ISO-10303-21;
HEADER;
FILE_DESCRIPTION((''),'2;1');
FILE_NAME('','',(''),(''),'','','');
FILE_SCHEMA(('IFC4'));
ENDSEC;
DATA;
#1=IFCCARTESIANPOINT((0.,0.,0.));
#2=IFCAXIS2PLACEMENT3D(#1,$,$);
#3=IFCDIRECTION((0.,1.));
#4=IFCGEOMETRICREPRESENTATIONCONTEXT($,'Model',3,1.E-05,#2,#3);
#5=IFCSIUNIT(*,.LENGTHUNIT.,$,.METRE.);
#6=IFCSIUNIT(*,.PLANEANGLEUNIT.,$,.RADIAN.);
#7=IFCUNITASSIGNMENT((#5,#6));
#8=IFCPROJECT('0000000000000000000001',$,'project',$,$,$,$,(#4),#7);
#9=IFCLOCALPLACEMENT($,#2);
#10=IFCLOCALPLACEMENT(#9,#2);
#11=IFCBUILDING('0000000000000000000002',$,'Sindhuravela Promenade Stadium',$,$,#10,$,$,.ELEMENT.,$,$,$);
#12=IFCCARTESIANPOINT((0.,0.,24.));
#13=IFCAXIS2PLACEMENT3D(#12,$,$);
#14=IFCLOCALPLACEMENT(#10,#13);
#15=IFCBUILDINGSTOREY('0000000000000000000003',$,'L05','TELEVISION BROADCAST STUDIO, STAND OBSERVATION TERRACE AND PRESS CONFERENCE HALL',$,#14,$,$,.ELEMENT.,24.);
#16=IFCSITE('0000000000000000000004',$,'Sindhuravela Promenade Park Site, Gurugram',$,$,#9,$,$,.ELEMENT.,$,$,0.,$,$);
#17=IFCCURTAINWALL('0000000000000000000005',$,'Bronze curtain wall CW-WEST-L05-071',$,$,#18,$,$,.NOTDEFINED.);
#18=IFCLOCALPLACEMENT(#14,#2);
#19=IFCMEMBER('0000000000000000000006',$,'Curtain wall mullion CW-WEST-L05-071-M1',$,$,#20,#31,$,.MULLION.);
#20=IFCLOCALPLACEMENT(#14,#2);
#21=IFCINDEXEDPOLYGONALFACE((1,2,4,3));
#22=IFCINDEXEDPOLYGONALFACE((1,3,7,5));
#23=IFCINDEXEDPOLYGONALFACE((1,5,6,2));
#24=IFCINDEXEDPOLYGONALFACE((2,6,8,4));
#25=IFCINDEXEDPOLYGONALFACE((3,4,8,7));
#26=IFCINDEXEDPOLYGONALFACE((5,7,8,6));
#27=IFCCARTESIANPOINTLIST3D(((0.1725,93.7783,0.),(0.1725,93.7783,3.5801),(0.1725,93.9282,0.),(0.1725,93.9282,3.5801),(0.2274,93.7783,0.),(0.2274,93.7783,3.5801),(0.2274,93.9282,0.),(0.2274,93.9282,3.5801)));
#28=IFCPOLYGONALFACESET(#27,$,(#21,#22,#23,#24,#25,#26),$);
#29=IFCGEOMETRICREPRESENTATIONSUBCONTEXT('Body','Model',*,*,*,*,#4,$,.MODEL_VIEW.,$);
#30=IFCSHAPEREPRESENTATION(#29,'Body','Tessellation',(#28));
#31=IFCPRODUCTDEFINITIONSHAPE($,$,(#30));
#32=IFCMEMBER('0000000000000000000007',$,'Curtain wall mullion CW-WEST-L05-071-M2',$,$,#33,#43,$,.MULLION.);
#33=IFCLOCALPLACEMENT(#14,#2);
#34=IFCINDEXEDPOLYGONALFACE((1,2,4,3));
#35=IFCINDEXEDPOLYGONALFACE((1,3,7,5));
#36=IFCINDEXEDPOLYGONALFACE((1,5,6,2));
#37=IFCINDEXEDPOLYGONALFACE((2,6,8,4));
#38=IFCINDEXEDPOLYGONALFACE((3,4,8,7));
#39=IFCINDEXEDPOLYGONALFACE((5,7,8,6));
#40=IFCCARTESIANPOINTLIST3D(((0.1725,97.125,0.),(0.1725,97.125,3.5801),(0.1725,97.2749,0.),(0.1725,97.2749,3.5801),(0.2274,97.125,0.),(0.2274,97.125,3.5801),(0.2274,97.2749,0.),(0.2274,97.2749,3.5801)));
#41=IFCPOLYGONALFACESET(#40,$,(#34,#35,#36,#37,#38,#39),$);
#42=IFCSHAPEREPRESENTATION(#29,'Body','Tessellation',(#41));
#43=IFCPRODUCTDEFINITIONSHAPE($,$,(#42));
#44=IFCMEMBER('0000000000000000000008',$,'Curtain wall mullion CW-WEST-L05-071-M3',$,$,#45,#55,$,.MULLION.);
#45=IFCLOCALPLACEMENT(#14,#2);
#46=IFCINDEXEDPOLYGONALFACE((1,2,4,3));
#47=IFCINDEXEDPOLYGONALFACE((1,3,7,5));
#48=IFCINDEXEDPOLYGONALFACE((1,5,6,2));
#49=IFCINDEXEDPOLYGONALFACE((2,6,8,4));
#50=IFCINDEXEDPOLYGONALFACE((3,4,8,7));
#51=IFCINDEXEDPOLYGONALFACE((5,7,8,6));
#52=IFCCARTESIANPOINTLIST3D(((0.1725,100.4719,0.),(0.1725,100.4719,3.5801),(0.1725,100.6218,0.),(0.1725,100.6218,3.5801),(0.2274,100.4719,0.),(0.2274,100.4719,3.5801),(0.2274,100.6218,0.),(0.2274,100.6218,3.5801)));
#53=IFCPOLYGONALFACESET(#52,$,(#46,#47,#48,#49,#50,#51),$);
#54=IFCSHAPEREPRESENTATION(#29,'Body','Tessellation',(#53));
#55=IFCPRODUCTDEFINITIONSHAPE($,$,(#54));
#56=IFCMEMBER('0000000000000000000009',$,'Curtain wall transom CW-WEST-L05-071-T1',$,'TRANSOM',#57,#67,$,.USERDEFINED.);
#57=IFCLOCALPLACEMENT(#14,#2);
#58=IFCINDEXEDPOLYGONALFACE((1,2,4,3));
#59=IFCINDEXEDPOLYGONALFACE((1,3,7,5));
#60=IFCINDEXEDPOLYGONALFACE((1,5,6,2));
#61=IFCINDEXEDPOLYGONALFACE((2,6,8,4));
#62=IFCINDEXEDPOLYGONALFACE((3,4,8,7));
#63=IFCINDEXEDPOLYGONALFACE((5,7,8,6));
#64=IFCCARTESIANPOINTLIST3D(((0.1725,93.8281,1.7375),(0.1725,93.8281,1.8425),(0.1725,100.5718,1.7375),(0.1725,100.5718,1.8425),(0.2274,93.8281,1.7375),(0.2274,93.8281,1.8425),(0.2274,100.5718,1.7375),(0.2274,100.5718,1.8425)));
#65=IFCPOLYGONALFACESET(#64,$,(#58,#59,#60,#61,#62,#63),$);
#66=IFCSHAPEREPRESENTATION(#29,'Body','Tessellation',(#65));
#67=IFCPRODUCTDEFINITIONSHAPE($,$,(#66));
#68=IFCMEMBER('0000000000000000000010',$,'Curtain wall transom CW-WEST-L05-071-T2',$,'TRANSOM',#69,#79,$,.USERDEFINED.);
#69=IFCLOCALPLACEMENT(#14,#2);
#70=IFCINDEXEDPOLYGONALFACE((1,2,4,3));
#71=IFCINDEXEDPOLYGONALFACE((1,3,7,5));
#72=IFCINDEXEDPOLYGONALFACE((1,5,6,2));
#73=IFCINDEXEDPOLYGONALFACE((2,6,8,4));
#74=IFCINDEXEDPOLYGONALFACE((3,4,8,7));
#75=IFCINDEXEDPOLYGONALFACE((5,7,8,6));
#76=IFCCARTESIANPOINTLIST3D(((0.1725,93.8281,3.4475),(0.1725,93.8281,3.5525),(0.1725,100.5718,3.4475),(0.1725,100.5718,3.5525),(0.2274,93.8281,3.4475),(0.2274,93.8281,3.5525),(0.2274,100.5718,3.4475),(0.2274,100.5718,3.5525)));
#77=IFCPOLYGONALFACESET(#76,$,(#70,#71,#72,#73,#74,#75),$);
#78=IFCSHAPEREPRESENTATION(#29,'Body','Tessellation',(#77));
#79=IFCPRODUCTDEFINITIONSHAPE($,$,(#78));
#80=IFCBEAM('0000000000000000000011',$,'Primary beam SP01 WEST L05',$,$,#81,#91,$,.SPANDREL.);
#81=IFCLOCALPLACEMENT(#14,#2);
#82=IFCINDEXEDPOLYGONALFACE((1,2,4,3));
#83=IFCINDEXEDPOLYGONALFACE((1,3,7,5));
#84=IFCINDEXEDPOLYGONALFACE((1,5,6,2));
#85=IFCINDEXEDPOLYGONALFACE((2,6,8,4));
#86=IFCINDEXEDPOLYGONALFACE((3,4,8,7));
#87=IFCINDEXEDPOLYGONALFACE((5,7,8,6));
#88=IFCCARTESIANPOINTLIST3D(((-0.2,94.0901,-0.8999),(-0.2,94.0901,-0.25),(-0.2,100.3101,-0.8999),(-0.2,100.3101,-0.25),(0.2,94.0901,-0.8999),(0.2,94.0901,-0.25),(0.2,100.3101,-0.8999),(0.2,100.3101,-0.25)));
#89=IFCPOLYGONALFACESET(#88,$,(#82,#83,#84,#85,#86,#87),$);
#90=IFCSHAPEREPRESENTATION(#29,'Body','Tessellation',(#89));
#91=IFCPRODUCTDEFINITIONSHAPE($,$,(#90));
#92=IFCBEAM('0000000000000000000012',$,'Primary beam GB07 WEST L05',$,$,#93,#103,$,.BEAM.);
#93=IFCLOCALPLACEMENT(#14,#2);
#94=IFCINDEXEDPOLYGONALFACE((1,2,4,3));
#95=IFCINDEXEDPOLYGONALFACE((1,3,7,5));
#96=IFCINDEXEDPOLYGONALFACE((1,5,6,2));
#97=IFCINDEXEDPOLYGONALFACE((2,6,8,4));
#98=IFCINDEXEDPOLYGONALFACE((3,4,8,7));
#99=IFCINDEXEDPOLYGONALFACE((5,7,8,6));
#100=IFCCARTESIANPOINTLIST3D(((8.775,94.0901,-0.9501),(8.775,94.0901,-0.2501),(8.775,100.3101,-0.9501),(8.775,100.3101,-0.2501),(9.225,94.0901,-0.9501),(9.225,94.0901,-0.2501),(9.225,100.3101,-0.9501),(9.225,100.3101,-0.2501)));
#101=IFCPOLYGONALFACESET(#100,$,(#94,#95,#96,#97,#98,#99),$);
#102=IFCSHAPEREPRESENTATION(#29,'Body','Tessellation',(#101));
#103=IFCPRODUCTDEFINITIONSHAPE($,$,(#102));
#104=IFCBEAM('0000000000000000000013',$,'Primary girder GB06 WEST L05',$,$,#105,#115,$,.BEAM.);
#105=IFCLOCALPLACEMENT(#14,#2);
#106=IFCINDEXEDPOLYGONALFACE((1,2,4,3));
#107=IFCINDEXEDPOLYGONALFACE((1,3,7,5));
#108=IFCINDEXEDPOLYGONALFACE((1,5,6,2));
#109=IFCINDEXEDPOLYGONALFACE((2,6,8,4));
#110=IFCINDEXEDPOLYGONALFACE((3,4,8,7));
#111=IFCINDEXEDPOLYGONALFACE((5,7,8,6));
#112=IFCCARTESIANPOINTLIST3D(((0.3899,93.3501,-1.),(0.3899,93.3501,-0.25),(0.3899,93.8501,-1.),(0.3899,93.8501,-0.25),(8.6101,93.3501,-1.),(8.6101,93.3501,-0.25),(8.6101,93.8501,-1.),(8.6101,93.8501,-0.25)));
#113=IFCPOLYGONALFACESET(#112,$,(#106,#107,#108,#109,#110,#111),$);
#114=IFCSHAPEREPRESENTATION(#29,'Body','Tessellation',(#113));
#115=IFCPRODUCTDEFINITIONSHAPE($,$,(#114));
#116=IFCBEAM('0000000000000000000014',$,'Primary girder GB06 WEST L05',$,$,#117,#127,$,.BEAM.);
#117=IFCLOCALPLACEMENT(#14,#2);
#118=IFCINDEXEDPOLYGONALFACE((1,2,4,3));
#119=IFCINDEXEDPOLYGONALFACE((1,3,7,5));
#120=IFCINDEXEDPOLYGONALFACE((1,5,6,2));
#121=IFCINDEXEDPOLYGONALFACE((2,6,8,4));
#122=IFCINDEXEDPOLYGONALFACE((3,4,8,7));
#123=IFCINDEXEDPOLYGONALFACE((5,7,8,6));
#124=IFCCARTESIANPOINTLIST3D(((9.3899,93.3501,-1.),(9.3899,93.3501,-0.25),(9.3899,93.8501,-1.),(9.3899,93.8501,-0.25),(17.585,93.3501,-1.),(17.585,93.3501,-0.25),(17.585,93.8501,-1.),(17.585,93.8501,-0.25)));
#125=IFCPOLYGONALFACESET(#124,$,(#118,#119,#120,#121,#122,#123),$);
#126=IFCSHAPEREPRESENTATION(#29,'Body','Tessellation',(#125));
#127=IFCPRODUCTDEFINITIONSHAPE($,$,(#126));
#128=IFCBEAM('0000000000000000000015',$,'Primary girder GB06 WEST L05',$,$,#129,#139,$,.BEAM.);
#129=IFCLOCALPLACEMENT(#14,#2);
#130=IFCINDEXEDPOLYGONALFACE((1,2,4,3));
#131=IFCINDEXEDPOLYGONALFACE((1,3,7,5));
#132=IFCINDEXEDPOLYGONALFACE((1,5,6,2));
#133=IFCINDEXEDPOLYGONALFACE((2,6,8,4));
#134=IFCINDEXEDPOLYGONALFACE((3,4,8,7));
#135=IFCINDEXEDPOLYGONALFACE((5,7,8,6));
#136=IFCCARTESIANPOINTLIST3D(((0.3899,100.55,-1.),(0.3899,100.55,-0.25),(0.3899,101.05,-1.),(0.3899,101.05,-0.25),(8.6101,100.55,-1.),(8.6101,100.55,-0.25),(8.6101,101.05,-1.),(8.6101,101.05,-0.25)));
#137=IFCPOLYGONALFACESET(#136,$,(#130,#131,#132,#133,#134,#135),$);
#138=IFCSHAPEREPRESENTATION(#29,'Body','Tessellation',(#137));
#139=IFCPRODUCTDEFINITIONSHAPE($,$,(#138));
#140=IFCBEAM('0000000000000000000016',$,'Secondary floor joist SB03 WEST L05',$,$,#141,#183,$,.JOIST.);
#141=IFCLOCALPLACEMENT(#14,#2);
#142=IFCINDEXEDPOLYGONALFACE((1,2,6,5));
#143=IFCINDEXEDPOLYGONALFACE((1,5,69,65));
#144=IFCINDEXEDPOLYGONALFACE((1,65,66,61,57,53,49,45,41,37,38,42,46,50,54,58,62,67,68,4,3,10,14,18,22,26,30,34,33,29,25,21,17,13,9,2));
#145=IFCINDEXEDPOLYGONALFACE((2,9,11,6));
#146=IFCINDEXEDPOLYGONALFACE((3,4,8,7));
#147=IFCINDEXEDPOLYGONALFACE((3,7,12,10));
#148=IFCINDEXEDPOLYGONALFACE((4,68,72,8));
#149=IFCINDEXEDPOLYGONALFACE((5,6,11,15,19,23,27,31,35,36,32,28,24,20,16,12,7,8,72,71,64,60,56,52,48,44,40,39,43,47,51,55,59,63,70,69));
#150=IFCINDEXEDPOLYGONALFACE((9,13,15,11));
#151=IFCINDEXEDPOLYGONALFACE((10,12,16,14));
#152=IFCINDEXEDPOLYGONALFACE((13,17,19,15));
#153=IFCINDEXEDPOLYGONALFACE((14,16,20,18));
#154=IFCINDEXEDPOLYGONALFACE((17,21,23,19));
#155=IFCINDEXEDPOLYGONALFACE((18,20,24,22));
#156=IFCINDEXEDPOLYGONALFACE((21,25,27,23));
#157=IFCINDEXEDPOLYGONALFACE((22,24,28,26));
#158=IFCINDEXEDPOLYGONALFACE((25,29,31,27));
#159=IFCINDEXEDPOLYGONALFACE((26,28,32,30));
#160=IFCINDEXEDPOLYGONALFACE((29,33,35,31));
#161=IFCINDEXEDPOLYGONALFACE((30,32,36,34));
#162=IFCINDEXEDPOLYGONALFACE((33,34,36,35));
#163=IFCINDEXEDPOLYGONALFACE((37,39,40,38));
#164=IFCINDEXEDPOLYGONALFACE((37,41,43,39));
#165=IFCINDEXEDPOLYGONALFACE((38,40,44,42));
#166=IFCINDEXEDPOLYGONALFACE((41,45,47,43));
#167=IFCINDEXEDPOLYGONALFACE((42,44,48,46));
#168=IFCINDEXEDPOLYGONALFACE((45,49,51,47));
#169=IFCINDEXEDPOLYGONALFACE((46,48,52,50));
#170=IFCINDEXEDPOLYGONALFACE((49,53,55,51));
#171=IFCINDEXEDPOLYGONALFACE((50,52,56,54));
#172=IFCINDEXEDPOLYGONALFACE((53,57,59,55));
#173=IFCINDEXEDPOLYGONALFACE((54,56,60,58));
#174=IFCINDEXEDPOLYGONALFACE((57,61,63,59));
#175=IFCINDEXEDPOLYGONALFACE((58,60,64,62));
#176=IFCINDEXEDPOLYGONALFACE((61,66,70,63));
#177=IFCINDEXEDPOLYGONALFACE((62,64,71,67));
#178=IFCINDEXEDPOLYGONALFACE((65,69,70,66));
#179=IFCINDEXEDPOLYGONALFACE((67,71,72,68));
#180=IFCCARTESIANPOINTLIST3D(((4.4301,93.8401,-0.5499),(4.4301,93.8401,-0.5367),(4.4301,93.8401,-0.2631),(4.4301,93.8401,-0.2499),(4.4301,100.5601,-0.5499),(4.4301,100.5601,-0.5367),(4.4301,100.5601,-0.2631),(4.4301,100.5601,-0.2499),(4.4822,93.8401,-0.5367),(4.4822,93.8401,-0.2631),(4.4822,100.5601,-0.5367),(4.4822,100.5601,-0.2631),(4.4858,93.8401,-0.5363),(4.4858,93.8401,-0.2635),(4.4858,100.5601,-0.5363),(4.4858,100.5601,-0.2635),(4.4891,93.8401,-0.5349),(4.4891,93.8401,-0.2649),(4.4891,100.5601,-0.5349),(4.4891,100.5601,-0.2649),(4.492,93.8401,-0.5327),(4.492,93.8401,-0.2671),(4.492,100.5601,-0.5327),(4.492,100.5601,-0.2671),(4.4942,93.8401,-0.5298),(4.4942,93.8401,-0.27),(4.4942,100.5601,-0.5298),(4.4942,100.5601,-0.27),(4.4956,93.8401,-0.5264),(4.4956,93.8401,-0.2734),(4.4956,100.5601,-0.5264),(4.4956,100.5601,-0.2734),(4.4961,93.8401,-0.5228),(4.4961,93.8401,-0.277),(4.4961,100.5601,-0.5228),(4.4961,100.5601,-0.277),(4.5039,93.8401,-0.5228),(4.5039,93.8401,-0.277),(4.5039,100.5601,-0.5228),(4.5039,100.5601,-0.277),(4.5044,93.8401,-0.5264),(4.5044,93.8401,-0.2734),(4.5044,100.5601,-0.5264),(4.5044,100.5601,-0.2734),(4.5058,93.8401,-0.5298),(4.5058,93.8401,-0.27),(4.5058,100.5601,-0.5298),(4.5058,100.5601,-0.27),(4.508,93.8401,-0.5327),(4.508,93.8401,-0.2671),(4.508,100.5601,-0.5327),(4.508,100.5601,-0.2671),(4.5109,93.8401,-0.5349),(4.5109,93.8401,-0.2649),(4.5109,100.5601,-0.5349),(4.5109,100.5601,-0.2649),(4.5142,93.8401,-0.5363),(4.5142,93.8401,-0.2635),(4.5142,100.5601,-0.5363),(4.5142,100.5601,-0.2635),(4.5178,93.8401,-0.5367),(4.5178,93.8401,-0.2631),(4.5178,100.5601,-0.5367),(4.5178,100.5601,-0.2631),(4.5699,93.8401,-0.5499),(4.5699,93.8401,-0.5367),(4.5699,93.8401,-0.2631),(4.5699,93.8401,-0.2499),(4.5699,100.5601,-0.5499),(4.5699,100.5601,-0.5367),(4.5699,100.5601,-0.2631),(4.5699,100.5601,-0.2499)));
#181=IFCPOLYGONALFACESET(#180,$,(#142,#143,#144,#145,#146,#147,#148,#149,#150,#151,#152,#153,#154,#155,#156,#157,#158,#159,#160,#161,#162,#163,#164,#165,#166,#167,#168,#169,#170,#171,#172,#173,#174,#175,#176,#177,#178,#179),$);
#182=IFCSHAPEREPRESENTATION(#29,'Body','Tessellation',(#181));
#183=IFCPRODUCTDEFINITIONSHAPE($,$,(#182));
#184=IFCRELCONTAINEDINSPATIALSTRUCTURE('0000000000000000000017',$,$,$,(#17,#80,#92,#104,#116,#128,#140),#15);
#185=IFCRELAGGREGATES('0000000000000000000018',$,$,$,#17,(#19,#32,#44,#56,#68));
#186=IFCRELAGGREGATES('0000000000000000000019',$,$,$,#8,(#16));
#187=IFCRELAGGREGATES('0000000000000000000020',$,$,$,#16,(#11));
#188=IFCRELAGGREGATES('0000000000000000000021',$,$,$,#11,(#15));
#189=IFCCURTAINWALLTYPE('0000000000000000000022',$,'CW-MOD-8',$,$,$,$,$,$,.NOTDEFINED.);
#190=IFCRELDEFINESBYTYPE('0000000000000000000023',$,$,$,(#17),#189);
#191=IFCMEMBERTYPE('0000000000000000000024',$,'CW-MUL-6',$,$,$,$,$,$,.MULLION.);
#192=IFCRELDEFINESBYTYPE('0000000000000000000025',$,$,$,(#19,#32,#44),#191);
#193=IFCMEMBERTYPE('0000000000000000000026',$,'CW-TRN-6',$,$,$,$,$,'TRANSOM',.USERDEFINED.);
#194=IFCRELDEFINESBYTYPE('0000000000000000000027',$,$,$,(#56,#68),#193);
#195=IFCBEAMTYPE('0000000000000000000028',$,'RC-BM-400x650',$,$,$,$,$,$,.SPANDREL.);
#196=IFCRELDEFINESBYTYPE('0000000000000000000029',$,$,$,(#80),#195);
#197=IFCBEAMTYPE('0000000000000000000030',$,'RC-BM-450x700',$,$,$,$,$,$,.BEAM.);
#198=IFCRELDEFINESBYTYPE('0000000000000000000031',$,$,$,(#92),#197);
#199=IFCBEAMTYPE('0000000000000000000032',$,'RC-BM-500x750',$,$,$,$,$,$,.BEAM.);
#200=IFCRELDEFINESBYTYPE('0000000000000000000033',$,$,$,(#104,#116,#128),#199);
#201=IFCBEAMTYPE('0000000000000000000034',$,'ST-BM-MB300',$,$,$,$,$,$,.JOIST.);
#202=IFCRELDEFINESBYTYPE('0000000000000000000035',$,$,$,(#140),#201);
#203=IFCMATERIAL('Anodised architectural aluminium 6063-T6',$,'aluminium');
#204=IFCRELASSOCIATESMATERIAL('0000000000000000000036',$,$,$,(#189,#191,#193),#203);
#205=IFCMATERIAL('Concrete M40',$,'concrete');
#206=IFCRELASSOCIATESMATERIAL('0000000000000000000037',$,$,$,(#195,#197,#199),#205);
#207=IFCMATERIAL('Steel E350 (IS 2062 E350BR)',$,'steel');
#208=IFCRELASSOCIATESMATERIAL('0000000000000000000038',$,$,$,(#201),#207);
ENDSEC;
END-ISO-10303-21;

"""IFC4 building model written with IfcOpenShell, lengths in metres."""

from ifc_helpers import new_model, si_unit, direction, frame, origin, origin_2d, place, context, subcontext, project, spatial, rectangle, i_section, extrude, material, material_profile, profile_set, type_object, element, aggregate, save


model = new_model("IFC4")

# Units and contexts
model_context = context("Model", 3, precision=1e-05, world=origin(), true_north=direction((0.0, 1.0)))
body_context = subcontext(model_context, "Body", "Model", "MODEL_VIEW")
ifc_project = project(units=[si_unit("LENGTHUNIT", "METRE"), si_unit("PLANEANGLEUNIT", "RADIAN")], contexts=[model_context])

# Site, building, storey
site_placement = place(None, origin())
site = spatial("IfcSite", under=ifc_project, at=site_placement, Name="Sindhuravela Promenade Park Site, Gurugram", CompositionType="ELEMENT", RefElevation=0.0)
building_placement = place(site_placement, origin())
building = spatial("IfcBuilding", under=site, at=building_placement, Name="Sindhuravela Promenade Stadium", CompositionType="ELEMENT")
storey_placement = place(building_placement, frame((0.0, 0.0, 24.0)))
storey = spatial("IfcBuildingStorey", under=building, at=storey_placement, Name="L05", Description="TELEVISION BROADCAST STUDIO, STAND OBSERVATION TERRACE AND PRESS CONFERENCE HALL", CompositionType="ELEMENT", Elevation=24.0)

# Shared definitions
ifc_material_1 = material(Name="Steel E350 (IS 2062 E350BR)", Category="steel")

# Curtain wall, members
ifc_material_2 = material(Name="Anodised architectural aluminium 6063-T6", Category="aluminium")
curtain_wall_type_1 = type_object("IfcCurtainWallType", Name="CW-MOD-8", PredefinedType="NOTDEFINED", material=ifc_material_2)
curtain_wall_1_placement = place(storey_placement, origin())
curtain_wall_1 = element("IfcCurtainWall", 1, at=curtain_wall_1_placement, inside=storey, type_object=curtain_wall_type_1, Name="Bronze curtain wall CW-WEST-L05-071", PredefinedType="NOTDEFINED")
ifc_material_profile_1 = material_profile(ifc_material_2, rectangle(XDim=0.0549, YDim=0.1499, at=origin_2d()), Name="ALU M55x150")
ifc_profile_set_1 = profile_set([ifc_material_profile_1], Name="Anodised architectural aluminium 6063-T6")
member_type_1 = type_object("IfcMemberType", Name="CW-MUL-6", PredefinedType="MULLION", material=ifc_profile_set_1)
member_1_placement = place(storey_placement, frame((0.2, 93.8533, 0.0), z_axis=(0.0, 0.0, 1.0), x_axis=(1.0, 0.0, 0.0)))
member_1 = element("IfcMember", 2, at=member_1_placement, type_object=member_type_1, Name="Curtain wall mullion CW-WEST-L05-071-M1", PredefinedType="MULLION", context=body_context, shape_type="SweptSolid", body=[
    extrude(rectangle(XDim=0.0549, YDim=0.1499, at=origin_2d()), origin(), (0.0, 0.0, 1.0), 3.5801),
])
member_2_placement = place(storey_placement, frame((0.2, 97.2, 0.0), z_axis=(0.0, 0.0, 1.0), x_axis=(1.0, 0.0, 0.0)))
member_2 = element("IfcMember", 3, at=member_2_placement, type_object=member_type_1, Name="Curtain wall mullion CW-WEST-L05-071-M2", PredefinedType="MULLION", context=body_context, shape_type="SweptSolid", body=[
    extrude(rectangle(XDim=0.0549, YDim=0.1499, at=origin_2d()), origin(), (0.0, 0.0, 1.0), 3.5801),
])
member_3_placement = place(storey_placement, frame((0.2, 100.5469, 0.0), z_axis=(0.0, 0.0, 1.0), x_axis=(1.0, 0.0, 0.0)))
member_3 = element("IfcMember", 4, at=member_3_placement, type_object=member_type_1, Name="Curtain wall mullion CW-WEST-L05-071-M3", PredefinedType="MULLION", context=body_context, shape_type="SweptSolid", body=[
    extrude(rectangle(XDim=0.0549, YDim=0.1499, at=origin_2d()), origin(), (0.0, 0.0, 1.0), 3.5801),
])
ifc_material_profile_2 = material_profile(ifc_material_2, rectangle(XDim=0.0549, YDim=0.105, at=origin_2d()), Name="ALU T55x105")
ifc_profile_set_2 = profile_set([ifc_material_profile_2], Name="Anodised architectural aluminium 6063-T6")
member_type_2 = type_object("IfcMemberType", Name="CW-TRN-6", ElementType="TRANSOM", PredefinedType="USERDEFINED", material=ifc_profile_set_2)
member_4_placement = place(storey_placement, frame((0.2, 93.8281, 1.79), z_axis=(0.0, 1.0, 0.0), x_axis=(-1.0, 0.0, 0.0)))
member_4 = element("IfcMember", 5, at=member_4_placement, type_object=member_type_2, Name="Curtain wall transom CW-WEST-L05-071-T1", ObjectType="TRANSOM", PredefinedType="USERDEFINED", context=body_context, shape_type="SweptSolid", body=[
    extrude(rectangle(XDim=0.0549, YDim=0.105, at=origin_2d()), origin(), (0.0, 0.0, 1.0), 6.7437),
])
member_5_placement = place(storey_placement, frame((0.2, 93.8281, 3.5), z_axis=(0.0, 1.0, 0.0), x_axis=(-1.0, 0.0, 0.0)))
member_5 = element("IfcMember", 6, at=member_5_placement, type_object=member_type_2, Name="Curtain wall transom CW-WEST-L05-071-T2", ObjectType="TRANSOM", PredefinedType="USERDEFINED", context=body_context, shape_type="SweptSolid", body=[
    extrude(rectangle(XDim=0.0549, YDim=0.105, at=origin_2d()), origin(), (0.0, 0.0, 1.0), 6.7437),
])

# Beams
ifc_material_3 = material(Name="Concrete M40", Category="concrete")
ifc_material_profile_3 = material_profile(ifc_material_3, rectangle(XDim=0.3999, YDim=0.6499, at=origin_2d()), Name="RC 400x650")
ifc_profile_set_3 = profile_set([ifc_material_profile_3], Name="Concrete M40")
beam_type_1 = type_object("IfcBeamType", Name="RC-BM-400x650", PredefinedType="SPANDREL", material=ifc_profile_set_3)
beam_1_placement = place(storey_placement, frame((0.0, 94.0901, -0.575), z_axis=(0.0, 1.0, 0.0), x_axis=(-1.0, 0.0, 0.0)))
element("IfcBeam", 7, at=beam_1_placement, inside=storey, type_object=beam_type_1, Name="Primary beam SP01 WEST L05", PredefinedType="SPANDREL", context=body_context, shape_type="SweptSolid", body=[
    extrude(rectangle(XDim=0.3999, YDim=0.6499, at=origin_2d()), origin(), (0.0, 0.0, 1.0), 6.22),
])
ifc_material_profile_4 = material_profile(ifc_material_3, rectangle(XDim=0.45, YDim=0.7, at=origin_2d()), Name="RC 450x700")
ifc_profile_set_4 = profile_set([ifc_material_profile_4], Name="Concrete M40")
beam_type_2 = type_object("IfcBeamType", Name="RC-BM-450x700", PredefinedType="BEAM", material=ifc_profile_set_4)
beam_2_placement = place(storey_placement, frame((9.0, 94.0901, -0.6001), z_axis=(0.0, 1.0, 0.0), x_axis=(-1.0, 0.0, 0.0)))
element("IfcBeam", 8, at=beam_2_placement, inside=storey, type_object=beam_type_2, Name="Primary beam GB07 WEST L05", PredefinedType="BEAM", context=body_context, shape_type="SweptSolid", body=[
    extrude(rectangle(XDim=0.45, YDim=0.7, at=origin_2d()), origin(), (0.0, 0.0, 1.0), 6.22),
])
ifc_material_profile_5 = material_profile(ifc_material_3, rectangle(XDim=0.5, YDim=0.75, at=origin_2d()), Name="RC 500x750")
ifc_profile_set_5 = profile_set([ifc_material_profile_5], Name="Concrete M40")
beam_type_3 = type_object("IfcBeamType", Name="RC-BM-500x750", PredefinedType="BEAM", material=ifc_profile_set_5)
beam_3_placement = place(storey_placement, frame((0.3899, 93.6001, -0.625), z_axis=(1.0, 0.0, 0.0), x_axis=(0.0, 1.0, 0.0)))
element("IfcBeam", 9, at=beam_3_placement, inside=storey, type_object=beam_type_3, Name="Primary girder GB06 WEST L05", PredefinedType="BEAM", context=body_context, shape_type="SweptSolid", body=[
    extrude(rectangle(XDim=0.5, YDim=0.75, at=origin_2d()), origin(), (0.0, 0.0, 1.0), 8.2202),
])
beam_4_placement = place(storey_placement, frame((9.3899, 93.6001, -0.625), z_axis=(1.0, 0.0, 0.0), x_axis=(0.0, 1.0, 0.0)))
element("IfcBeam", 10, at=beam_4_placement, inside=storey, type_object=beam_type_3, Name="Primary girder GB06 WEST L05", PredefinedType="BEAM", context=body_context, shape_type="SweptSolid", body=[
    extrude(rectangle(XDim=0.5, YDim=0.75, at=origin_2d()), origin(), (0.0, 0.0, 1.0), 8.1951),
])
beam_5_placement = place(storey_placement, frame((0.3899, 100.8, -0.625), z_axis=(1.0, 0.0, 0.0), x_axis=(0.0, 1.0, 0.0)))
element("IfcBeam", 11, at=beam_5_placement, inside=storey, type_object=beam_type_3, Name="Primary girder GB06 WEST L05", PredefinedType="BEAM", context=body_context, shape_type="SweptSolid", body=[
    extrude(rectangle(XDim=0.5, YDim=0.75, at=origin_2d()), origin(), (0.0, 0.0, 1.0), 8.2202),
])
ifc_material_profile_6 = material_profile(ifc_material_1, i_section(OverallWidth=0.1399, OverallDepth=0.3, WebThickness=0.0078, FlangeThickness=0.0132, FilletRadius=0.0139, at=origin_2d()), Name="ISMB 300")
ifc_profile_set_6 = profile_set([ifc_material_profile_6], Name="Steel E350 (IS 2062 E350BR)")
beam_type_4 = type_object("IfcBeamType", Name="ST-BM-MB300", PredefinedType="JOIST", material=ifc_profile_set_6)
beam_6_placement = place(storey_placement, frame((4.5, 93.8401, -0.3999), z_axis=(0.0, 1.0, 0.0), x_axis=(-1.0, 0.0, 0.0)))
element("IfcBeam", 12, at=beam_6_placement, inside=storey, type_object=beam_type_4, Name="Secondary floor joist SB03 WEST L05", PredefinedType="JOIST", context=body_context, shape_type="SweptSolid", body=[
    extrude(i_section(OverallWidth=0.1399, OverallDepth=0.3, WebThickness=0.0078, FlangeThickness=0.0132, FilletRadius=0.0139, at=origin_2d()), origin(), (0.0, 0.0, 1.0), 6.72),
])

aggregate(curtain_wall_1, [member_1, member_2, member_3, member_4, member_5])

save(model, "model.ifc")
